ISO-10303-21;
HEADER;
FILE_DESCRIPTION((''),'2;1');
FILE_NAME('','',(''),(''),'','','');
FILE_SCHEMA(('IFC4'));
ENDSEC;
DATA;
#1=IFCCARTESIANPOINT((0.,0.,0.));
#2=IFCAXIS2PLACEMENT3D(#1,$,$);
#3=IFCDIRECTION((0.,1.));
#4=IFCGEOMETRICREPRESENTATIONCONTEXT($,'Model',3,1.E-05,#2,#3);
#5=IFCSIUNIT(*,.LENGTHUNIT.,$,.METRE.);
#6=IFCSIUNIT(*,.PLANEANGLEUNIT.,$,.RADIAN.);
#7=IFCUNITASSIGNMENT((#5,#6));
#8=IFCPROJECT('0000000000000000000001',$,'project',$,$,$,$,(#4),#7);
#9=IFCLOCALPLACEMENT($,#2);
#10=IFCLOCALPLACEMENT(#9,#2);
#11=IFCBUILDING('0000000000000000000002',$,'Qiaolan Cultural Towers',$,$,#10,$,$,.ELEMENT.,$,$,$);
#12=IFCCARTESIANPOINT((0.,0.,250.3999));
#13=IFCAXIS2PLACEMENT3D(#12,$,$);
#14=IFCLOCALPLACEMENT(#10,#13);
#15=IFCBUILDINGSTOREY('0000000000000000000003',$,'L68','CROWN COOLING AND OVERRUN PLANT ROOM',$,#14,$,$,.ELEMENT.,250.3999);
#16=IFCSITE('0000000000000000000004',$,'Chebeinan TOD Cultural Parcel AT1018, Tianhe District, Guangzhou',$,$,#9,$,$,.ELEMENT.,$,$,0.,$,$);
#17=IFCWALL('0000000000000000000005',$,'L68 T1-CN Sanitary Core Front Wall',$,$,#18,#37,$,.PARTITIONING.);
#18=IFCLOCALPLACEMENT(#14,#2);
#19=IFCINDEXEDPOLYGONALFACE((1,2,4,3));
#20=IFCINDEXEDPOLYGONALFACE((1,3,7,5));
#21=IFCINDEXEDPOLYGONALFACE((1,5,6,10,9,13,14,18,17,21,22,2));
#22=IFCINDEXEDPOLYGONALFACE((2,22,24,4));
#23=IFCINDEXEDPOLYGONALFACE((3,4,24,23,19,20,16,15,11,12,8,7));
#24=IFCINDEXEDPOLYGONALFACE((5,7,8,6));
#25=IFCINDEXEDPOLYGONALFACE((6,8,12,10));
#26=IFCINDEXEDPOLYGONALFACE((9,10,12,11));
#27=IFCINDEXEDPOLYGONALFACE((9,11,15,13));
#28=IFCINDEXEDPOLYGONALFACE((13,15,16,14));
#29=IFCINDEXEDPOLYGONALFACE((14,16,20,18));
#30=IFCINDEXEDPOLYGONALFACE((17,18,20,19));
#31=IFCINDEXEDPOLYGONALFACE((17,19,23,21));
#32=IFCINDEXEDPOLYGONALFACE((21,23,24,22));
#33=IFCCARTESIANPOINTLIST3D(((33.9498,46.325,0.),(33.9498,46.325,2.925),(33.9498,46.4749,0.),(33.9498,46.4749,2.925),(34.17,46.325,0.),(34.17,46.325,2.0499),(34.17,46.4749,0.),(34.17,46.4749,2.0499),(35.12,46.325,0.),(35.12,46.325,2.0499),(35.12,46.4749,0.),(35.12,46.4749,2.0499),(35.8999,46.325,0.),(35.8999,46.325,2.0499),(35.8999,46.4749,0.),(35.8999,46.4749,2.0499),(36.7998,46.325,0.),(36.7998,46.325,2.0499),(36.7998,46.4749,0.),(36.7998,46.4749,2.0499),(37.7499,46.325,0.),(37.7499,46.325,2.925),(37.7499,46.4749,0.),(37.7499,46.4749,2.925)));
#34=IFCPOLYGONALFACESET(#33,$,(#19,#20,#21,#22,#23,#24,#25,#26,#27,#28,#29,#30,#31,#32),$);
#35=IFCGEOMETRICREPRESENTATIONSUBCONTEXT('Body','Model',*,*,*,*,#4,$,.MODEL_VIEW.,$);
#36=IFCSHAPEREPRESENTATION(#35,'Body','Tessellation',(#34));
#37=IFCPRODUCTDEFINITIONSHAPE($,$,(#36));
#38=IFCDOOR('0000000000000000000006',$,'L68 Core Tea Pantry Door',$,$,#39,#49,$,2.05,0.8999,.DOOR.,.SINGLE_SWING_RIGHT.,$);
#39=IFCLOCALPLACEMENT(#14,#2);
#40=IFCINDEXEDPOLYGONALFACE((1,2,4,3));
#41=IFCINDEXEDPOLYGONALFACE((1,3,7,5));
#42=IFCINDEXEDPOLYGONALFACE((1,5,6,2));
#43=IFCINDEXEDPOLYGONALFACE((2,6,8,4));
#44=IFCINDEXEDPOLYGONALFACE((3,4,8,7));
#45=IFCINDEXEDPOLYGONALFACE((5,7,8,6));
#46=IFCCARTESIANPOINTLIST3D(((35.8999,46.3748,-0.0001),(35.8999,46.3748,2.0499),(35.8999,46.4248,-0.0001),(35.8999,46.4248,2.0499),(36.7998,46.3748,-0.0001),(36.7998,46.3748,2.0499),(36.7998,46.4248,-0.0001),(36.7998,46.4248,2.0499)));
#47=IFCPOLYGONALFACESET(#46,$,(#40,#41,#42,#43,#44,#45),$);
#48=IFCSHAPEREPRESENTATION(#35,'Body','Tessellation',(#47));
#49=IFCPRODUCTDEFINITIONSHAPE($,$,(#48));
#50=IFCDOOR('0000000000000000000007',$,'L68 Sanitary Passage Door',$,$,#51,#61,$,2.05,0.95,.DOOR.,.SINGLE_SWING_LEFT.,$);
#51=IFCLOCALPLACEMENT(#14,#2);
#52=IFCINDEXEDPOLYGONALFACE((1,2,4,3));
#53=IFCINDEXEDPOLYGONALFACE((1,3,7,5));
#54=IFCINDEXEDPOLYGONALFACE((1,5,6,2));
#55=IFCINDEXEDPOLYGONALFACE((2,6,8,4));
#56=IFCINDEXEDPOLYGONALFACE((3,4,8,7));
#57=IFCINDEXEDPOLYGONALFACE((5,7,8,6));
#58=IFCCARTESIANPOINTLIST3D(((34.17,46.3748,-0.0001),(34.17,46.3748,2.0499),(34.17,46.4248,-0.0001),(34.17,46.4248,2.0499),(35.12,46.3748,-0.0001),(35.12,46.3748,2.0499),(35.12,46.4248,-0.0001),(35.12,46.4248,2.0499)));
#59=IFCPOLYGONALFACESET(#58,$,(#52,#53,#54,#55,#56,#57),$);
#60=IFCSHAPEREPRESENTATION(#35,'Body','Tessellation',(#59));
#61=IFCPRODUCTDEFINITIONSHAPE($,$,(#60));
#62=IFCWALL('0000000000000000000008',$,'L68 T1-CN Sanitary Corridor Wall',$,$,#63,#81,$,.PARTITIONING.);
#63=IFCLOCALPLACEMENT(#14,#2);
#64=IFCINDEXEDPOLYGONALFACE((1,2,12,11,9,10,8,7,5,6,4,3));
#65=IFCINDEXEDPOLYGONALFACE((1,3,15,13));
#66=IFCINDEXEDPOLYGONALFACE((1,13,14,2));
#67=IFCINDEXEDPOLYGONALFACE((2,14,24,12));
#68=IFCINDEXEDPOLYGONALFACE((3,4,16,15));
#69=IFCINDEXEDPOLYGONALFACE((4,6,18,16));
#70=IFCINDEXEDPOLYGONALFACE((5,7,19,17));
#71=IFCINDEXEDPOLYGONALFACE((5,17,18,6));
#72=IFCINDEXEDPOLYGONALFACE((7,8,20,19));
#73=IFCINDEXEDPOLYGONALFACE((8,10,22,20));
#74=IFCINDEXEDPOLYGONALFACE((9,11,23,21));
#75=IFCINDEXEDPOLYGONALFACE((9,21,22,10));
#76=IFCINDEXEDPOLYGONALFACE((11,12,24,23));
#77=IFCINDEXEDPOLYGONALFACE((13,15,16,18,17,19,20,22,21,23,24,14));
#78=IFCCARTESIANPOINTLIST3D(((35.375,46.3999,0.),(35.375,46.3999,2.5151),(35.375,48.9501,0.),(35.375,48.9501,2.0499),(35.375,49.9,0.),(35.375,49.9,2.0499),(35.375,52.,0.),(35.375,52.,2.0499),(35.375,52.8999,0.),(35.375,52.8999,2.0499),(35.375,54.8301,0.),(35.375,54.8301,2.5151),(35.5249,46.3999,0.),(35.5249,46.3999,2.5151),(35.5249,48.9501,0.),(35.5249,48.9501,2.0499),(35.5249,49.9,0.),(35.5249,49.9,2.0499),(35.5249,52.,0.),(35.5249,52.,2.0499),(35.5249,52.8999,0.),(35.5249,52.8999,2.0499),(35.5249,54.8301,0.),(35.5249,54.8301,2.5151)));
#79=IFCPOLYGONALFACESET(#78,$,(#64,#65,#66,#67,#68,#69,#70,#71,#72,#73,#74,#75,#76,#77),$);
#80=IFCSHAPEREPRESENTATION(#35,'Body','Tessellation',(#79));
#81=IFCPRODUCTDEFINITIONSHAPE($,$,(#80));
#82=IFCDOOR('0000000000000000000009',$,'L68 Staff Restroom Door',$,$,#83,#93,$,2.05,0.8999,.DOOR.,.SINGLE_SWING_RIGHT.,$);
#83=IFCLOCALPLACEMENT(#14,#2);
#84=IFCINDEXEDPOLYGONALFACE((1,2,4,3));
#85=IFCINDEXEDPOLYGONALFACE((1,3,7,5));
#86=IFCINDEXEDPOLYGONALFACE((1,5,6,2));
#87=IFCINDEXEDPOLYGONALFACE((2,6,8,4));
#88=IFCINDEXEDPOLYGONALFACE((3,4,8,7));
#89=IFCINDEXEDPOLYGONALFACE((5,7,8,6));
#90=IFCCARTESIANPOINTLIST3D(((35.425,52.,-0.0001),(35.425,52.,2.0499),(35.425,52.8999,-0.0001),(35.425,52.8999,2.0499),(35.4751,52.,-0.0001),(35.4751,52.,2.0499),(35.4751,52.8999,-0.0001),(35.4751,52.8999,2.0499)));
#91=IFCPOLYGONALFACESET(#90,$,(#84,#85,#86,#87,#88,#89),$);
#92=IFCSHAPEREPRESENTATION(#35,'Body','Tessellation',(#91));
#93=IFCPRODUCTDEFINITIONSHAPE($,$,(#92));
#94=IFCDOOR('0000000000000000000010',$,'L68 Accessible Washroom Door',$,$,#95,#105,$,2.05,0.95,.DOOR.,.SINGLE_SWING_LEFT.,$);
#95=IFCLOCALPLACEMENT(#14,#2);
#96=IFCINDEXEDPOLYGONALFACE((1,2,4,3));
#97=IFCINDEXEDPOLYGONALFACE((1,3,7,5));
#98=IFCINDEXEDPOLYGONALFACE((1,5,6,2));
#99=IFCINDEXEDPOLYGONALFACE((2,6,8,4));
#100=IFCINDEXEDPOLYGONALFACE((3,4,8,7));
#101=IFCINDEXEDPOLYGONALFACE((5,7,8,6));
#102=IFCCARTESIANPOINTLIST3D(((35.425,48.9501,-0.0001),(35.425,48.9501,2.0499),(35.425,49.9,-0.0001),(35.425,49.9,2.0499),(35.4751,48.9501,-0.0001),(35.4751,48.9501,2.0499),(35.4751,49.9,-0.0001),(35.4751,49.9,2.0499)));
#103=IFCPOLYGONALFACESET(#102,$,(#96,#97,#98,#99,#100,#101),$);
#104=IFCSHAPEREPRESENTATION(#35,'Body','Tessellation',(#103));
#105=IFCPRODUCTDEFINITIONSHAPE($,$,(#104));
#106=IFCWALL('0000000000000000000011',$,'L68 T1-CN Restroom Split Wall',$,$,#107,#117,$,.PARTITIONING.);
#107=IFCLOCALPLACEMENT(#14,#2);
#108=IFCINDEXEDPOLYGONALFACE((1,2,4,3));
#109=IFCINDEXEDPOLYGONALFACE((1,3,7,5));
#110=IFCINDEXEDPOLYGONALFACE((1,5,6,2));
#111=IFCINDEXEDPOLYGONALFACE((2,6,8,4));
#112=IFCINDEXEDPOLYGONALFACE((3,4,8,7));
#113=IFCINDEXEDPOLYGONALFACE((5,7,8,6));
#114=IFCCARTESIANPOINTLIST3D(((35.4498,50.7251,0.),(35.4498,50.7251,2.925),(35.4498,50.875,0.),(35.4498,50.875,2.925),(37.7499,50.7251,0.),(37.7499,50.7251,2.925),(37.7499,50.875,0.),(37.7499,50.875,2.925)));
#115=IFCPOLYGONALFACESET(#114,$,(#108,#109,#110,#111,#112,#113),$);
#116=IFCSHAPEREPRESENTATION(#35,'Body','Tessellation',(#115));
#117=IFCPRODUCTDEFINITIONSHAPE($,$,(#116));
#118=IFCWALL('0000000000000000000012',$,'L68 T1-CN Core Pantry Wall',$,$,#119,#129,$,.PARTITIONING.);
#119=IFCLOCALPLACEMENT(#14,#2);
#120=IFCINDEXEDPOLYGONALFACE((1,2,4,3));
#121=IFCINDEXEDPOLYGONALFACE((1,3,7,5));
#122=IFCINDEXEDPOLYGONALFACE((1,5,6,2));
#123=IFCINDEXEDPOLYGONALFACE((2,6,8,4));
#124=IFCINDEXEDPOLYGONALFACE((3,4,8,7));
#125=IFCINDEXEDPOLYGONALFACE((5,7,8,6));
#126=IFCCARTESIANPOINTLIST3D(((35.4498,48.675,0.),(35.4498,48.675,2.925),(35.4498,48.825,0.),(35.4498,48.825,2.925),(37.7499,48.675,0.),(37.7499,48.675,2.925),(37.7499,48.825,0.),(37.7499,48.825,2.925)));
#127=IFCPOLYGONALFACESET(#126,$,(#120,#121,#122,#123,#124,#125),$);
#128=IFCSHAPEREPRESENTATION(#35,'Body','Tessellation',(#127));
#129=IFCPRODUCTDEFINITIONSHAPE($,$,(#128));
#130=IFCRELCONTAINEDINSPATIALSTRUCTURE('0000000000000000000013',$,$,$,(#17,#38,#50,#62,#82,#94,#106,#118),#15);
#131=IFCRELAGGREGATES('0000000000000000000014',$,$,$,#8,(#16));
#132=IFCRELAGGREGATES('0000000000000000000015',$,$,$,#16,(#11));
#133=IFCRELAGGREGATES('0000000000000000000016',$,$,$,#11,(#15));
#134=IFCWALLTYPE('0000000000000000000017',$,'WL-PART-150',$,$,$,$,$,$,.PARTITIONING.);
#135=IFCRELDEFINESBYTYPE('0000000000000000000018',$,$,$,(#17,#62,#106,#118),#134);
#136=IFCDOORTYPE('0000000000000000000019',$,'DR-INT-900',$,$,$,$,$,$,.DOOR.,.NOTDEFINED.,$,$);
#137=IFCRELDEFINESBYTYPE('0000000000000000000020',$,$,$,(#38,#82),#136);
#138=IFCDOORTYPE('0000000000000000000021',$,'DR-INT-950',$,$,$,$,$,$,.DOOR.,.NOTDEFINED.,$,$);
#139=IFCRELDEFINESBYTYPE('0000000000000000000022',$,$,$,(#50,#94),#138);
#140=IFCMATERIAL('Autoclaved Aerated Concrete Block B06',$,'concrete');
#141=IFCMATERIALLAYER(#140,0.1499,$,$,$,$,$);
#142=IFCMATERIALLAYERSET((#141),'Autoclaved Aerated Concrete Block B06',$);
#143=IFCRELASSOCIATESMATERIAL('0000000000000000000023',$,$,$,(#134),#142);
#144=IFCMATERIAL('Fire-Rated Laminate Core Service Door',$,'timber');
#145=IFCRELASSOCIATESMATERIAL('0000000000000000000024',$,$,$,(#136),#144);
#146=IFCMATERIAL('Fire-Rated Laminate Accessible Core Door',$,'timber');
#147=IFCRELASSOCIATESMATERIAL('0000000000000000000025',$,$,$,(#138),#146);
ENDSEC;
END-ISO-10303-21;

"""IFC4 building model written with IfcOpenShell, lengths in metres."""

from ifc_helpers import new_model, si_unit, direction, frame, frame_2d, origin, place, context, subcontext, project, spatial, rectangle, extrude, material, layer, layer_set, type_object, element, fill, save


model = new_model("IFC4")

# Units and contexts
model_context = context("Model", 3, precision=1e-05, world=origin(), true_north=direction((0.0, 1.0)))
body_context = subcontext(model_context, "Body", "Model", "MODEL_VIEW")
ifc_project = project(units=[si_unit("LENGTHUNIT", "METRE"), si_unit("PLANEANGLEUNIT", "RADIAN")], contexts=[model_context])

# Site, building, storey
site_placement = place(None, origin())
site = spatial("IfcSite", under=ifc_project, at=site_placement, Name="Chebeinan TOD Cultural Parcel AT1018, Tianhe District, Guangzhou", CompositionType="ELEMENT", RefElevation=0.0)
building_placement = place(site_placement, origin())
building = spatial("IfcBuilding", under=site, at=building_placement, Name="Qiaolan Cultural Towers", CompositionType="ELEMENT")
storey_placement = place(building_placement, frame((0.0, 0.0, 250.3999)))
storey = spatial("IfcBuildingStorey", under=building, at=storey_placement, Name="L68", Description="CROWN COOLING AND OVERRUN PLANT ROOM", CompositionType="ELEMENT", Elevation=250.3999)

# Walls, openings, doors
ifc_material_1 = material(Name="Autoclaved Aerated Concrete Block B06", Category="concrete")
ifc_layer_1 = layer(ifc_material_1, 0.1499)
ifc_layer_set_1 = layer_set([ifc_layer_1], Name="Autoclaved Aerated Concrete Block B06")
wall_type_1 = type_object("IfcWallType", Name="WL-PART-150", PredefinedType="PARTITIONING", material=ifc_layer_set_1)
wall_1_placement = place(storey_placement, frame((33.95, 46.3999, 0.0), z_axis=(0.0, 0.0, 1.0), x_axis=(1.0, 0.0, 0.0)))
wall_1 = element("IfcWall", 1, at=wall_1_placement, inside=storey, type_object=wall_type_1, Name="L68 T1-CN Sanitary Core Front Wall", PredefinedType="PARTITIONING", context=body_context, shape_type="SweptSolid", body=[
    extrude(rectangle(XDim=3.8, YDim=0.1499, at=frame_2d((1.8999, 0.0))), origin(), (0.0, 0.0, 1.0), 2.925),
])
opening_1_placement = place(wall_1_placement, frame((0.22, 0.0, 0.0)))
opening_1 = element("IfcOpeningElement", 2, at=opening_1_placement, cuts=wall_1, PredefinedType="OPENING", context=body_context, shape_type="SweptSolid", body=[
    extrude(rectangle(XDim=0.95, YDim=2.05, at=frame_2d((0.4751, 1.0249))), frame((0.0, 0.085, 0.0), z_axis=(0.0, -1.0, 0.0), x_axis=(1.0, 0.0, 0.0)), (0.0, 0.0, 1.0), 0.1699),
])
opening_2_placement = place(wall_1_placement, frame((1.95, 0.0, 0.0)))
opening_2 = element("IfcOpeningElement", 3, at=opening_2_placement, cuts=wall_1, PredefinedType="OPENING", context=body_context, shape_type="SweptSolid", body=[
    extrude(rectangle(XDim=0.8999, YDim=2.05, at=frame_2d((0.45, 1.0249))), frame((0.0, 0.085, 0.0), z_axis=(0.0, -1.0, 0.0), x_axis=(1.0, 0.0, 0.0)), (0.0, 0.0, 1.0), 0.1699),
])
ifc_material_2 = material(Name="Fire-Rated Laminate Core Service Door", Category="timber")
door_type_1 = type_object("IfcDoorType", Name="DR-INT-900", OperationType="NOTDEFINED", PredefinedType="DOOR", material=ifc_material_2)
door_1_placement = place(opening_2_placement, origin())
door_1 = element("IfcDoor", 4, at=door_1_placement, inside=storey, type_object=door_type_1, Name="L68 Core Tea Pantry Door", OperationType="SINGLE_SWING_RIGHT", OverallHeight=2.05, OverallWidth=0.8999, PredefinedType="DOOR", context=body_context, shape_type="SweptSolid", body=[
    extrude(rectangle(XDim=0.8999, YDim=2.05, at=frame_2d((0.45, 1.0249))), frame((0.0, 0.0249, 0.0), z_axis=(0.0, -1.0, 0.0), x_axis=(1.0, 0.0, 0.0)), (0.0, 0.0, 1.0), 0.05),
])
fill(opening_2, door_1)
ifc_material_3 = material(Name="Fire-Rated Laminate Accessible Core Door", Category="timber")
door_type_2 = type_object("IfcDoorType", Name="DR-INT-950", OperationType="NOTDEFINED", PredefinedType="DOOR", material=ifc_material_3)
door_2_placement = place(opening_1_placement, origin())
door_2 = element("IfcDoor", 5, at=door_2_placement, inside=storey, type_object=door_type_2, Name="L68 Sanitary Passage Door", OperationType="SINGLE_SWING_LEFT", OverallHeight=2.05, OverallWidth=0.95, PredefinedType="DOOR", context=body_context, shape_type="SweptSolid", body=[
    extrude(rectangle(XDim=0.95, YDim=2.05, at=frame_2d((0.4751, 1.0249))), frame((0.0, 0.0249, 0.0), z_axis=(0.0, -1.0, 0.0), x_axis=(1.0, 0.0, 0.0)), (0.0, 0.0, 1.0), 0.05),
])
fill(opening_1, door_2)
wall_2_placement = place(storey_placement, frame((35.45, 46.3999, 0.0), z_axis=(0.0, 0.0, 1.0), x_axis=(0.0, 1.0, 0.0)))
wall_2 = element("IfcWall", 6, at=wall_2_placement, inside=storey, type_object=wall_type_1, Name="L68 T1-CN Sanitary Corridor Wall", PredefinedType="PARTITIONING", context=body_context, shape_type="SweptSolid", body=[
    extrude(rectangle(XDim=8.4302, YDim=0.1499, at=frame_2d((4.2151, 0.0))), origin(), (0.0, 0.0, 1.0), 2.5151),
])
opening_3_placement = place(wall_2_placement, frame((2.55, 0.0, 0.0)))
opening_3 = element("IfcOpeningElement", 7, at=opening_3_placement, cuts=wall_2, PredefinedType="OPENING", context=body_context, shape_type="SweptSolid", body=[
    extrude(rectangle(XDim=0.95, YDim=2.05, at=frame_2d((0.4751, 1.0249))), frame((0.0, 0.085, 0.0), z_axis=(0.0, -1.0, 0.0), x_axis=(1.0, 0.0, 0.0)), (0.0, 0.0, 1.0), 0.1699),
])
opening_4_placement = place(wall_2_placement, frame((5.6001, 0.0, 0.0)))
opening_4 = element("IfcOpeningElement", 8, at=opening_4_placement, cuts=wall_2, PredefinedType="OPENING", context=body_context, shape_type="SweptSolid", body=[
    extrude(rectangle(XDim=0.8999, YDim=2.05, at=frame_2d((0.45, 1.0249))), frame((0.0, 0.085, 0.0), z_axis=(0.0, -1.0, 0.0), x_axis=(1.0, 0.0, 0.0)), (0.0, 0.0, 1.0), 0.1699),
])
door_3_placement = place(opening_4_placement, origin())
door_3 = element("IfcDoor", 9, at=door_3_placement, inside=storey, type_object=door_type_1, Name="L68 Staff Restroom Door", OperationType="SINGLE_SWING_RIGHT", OverallHeight=2.05, OverallWidth=0.8999, PredefinedType="DOOR", context=body_context, shape_type="SweptSolid", body=[
    extrude(rectangle(XDim=0.8999, YDim=2.05, at=frame_2d((0.45, 1.0249))), frame((0.0, 0.0249, 0.0), z_axis=(0.0, -1.0, 0.0), x_axis=(1.0, 0.0, 0.0)), (0.0, 0.0, 1.0), 0.05),
])
fill(opening_4, door_3)
door_4_placement = place(opening_3_placement, origin())
door_4 = element("IfcDoor", 10, at=door_4_placement, inside=storey, type_object=door_type_2, Name="L68 Accessible Washroom Door", OperationType="SINGLE_SWING_LEFT", OverallHeight=2.05, OverallWidth=0.95, PredefinedType="DOOR", context=body_context, shape_type="SweptSolid", body=[
    extrude(rectangle(XDim=0.95, YDim=2.05, at=frame_2d((0.4751, 1.0249))), frame((0.0, 0.0249, 0.0), z_axis=(0.0, -1.0, 0.0), x_axis=(1.0, 0.0, 0.0)), (0.0, 0.0, 1.0), 0.05),
])
fill(opening_3, door_4)

# Walls
for number, where, z_axis, x_axis, name in (
    (11, (35.45, 50.8, 0.0), (0.0, 0.0, 1.0), (1.0, 0.0, 0.0), "L68 T1-CN Restroom Split Wall"),
    (12, (35.45, 48.75, 0.0), (0.0, 0.0, 1.0), (1.0, 0.0, 0.0), "L68 T1-CN Core Pantry Wall"),
):
    element("IfcWall", number, at=place(storey_placement, frame(where, z_axis=z_axis, x_axis=x_axis)), inside=storey, type_object=wall_type_1, Name=name, PredefinedType="PARTITIONING", context=body_context, shape_type="SweptSolid", body=[
        extrude(rectangle(XDim=2.3, YDim=0.1499, at=frame_2d((1.1499, 0.0))), origin(), (0.0, 0.0, 1.0), 2.925),
    ])

save(model, "model.ifc")
